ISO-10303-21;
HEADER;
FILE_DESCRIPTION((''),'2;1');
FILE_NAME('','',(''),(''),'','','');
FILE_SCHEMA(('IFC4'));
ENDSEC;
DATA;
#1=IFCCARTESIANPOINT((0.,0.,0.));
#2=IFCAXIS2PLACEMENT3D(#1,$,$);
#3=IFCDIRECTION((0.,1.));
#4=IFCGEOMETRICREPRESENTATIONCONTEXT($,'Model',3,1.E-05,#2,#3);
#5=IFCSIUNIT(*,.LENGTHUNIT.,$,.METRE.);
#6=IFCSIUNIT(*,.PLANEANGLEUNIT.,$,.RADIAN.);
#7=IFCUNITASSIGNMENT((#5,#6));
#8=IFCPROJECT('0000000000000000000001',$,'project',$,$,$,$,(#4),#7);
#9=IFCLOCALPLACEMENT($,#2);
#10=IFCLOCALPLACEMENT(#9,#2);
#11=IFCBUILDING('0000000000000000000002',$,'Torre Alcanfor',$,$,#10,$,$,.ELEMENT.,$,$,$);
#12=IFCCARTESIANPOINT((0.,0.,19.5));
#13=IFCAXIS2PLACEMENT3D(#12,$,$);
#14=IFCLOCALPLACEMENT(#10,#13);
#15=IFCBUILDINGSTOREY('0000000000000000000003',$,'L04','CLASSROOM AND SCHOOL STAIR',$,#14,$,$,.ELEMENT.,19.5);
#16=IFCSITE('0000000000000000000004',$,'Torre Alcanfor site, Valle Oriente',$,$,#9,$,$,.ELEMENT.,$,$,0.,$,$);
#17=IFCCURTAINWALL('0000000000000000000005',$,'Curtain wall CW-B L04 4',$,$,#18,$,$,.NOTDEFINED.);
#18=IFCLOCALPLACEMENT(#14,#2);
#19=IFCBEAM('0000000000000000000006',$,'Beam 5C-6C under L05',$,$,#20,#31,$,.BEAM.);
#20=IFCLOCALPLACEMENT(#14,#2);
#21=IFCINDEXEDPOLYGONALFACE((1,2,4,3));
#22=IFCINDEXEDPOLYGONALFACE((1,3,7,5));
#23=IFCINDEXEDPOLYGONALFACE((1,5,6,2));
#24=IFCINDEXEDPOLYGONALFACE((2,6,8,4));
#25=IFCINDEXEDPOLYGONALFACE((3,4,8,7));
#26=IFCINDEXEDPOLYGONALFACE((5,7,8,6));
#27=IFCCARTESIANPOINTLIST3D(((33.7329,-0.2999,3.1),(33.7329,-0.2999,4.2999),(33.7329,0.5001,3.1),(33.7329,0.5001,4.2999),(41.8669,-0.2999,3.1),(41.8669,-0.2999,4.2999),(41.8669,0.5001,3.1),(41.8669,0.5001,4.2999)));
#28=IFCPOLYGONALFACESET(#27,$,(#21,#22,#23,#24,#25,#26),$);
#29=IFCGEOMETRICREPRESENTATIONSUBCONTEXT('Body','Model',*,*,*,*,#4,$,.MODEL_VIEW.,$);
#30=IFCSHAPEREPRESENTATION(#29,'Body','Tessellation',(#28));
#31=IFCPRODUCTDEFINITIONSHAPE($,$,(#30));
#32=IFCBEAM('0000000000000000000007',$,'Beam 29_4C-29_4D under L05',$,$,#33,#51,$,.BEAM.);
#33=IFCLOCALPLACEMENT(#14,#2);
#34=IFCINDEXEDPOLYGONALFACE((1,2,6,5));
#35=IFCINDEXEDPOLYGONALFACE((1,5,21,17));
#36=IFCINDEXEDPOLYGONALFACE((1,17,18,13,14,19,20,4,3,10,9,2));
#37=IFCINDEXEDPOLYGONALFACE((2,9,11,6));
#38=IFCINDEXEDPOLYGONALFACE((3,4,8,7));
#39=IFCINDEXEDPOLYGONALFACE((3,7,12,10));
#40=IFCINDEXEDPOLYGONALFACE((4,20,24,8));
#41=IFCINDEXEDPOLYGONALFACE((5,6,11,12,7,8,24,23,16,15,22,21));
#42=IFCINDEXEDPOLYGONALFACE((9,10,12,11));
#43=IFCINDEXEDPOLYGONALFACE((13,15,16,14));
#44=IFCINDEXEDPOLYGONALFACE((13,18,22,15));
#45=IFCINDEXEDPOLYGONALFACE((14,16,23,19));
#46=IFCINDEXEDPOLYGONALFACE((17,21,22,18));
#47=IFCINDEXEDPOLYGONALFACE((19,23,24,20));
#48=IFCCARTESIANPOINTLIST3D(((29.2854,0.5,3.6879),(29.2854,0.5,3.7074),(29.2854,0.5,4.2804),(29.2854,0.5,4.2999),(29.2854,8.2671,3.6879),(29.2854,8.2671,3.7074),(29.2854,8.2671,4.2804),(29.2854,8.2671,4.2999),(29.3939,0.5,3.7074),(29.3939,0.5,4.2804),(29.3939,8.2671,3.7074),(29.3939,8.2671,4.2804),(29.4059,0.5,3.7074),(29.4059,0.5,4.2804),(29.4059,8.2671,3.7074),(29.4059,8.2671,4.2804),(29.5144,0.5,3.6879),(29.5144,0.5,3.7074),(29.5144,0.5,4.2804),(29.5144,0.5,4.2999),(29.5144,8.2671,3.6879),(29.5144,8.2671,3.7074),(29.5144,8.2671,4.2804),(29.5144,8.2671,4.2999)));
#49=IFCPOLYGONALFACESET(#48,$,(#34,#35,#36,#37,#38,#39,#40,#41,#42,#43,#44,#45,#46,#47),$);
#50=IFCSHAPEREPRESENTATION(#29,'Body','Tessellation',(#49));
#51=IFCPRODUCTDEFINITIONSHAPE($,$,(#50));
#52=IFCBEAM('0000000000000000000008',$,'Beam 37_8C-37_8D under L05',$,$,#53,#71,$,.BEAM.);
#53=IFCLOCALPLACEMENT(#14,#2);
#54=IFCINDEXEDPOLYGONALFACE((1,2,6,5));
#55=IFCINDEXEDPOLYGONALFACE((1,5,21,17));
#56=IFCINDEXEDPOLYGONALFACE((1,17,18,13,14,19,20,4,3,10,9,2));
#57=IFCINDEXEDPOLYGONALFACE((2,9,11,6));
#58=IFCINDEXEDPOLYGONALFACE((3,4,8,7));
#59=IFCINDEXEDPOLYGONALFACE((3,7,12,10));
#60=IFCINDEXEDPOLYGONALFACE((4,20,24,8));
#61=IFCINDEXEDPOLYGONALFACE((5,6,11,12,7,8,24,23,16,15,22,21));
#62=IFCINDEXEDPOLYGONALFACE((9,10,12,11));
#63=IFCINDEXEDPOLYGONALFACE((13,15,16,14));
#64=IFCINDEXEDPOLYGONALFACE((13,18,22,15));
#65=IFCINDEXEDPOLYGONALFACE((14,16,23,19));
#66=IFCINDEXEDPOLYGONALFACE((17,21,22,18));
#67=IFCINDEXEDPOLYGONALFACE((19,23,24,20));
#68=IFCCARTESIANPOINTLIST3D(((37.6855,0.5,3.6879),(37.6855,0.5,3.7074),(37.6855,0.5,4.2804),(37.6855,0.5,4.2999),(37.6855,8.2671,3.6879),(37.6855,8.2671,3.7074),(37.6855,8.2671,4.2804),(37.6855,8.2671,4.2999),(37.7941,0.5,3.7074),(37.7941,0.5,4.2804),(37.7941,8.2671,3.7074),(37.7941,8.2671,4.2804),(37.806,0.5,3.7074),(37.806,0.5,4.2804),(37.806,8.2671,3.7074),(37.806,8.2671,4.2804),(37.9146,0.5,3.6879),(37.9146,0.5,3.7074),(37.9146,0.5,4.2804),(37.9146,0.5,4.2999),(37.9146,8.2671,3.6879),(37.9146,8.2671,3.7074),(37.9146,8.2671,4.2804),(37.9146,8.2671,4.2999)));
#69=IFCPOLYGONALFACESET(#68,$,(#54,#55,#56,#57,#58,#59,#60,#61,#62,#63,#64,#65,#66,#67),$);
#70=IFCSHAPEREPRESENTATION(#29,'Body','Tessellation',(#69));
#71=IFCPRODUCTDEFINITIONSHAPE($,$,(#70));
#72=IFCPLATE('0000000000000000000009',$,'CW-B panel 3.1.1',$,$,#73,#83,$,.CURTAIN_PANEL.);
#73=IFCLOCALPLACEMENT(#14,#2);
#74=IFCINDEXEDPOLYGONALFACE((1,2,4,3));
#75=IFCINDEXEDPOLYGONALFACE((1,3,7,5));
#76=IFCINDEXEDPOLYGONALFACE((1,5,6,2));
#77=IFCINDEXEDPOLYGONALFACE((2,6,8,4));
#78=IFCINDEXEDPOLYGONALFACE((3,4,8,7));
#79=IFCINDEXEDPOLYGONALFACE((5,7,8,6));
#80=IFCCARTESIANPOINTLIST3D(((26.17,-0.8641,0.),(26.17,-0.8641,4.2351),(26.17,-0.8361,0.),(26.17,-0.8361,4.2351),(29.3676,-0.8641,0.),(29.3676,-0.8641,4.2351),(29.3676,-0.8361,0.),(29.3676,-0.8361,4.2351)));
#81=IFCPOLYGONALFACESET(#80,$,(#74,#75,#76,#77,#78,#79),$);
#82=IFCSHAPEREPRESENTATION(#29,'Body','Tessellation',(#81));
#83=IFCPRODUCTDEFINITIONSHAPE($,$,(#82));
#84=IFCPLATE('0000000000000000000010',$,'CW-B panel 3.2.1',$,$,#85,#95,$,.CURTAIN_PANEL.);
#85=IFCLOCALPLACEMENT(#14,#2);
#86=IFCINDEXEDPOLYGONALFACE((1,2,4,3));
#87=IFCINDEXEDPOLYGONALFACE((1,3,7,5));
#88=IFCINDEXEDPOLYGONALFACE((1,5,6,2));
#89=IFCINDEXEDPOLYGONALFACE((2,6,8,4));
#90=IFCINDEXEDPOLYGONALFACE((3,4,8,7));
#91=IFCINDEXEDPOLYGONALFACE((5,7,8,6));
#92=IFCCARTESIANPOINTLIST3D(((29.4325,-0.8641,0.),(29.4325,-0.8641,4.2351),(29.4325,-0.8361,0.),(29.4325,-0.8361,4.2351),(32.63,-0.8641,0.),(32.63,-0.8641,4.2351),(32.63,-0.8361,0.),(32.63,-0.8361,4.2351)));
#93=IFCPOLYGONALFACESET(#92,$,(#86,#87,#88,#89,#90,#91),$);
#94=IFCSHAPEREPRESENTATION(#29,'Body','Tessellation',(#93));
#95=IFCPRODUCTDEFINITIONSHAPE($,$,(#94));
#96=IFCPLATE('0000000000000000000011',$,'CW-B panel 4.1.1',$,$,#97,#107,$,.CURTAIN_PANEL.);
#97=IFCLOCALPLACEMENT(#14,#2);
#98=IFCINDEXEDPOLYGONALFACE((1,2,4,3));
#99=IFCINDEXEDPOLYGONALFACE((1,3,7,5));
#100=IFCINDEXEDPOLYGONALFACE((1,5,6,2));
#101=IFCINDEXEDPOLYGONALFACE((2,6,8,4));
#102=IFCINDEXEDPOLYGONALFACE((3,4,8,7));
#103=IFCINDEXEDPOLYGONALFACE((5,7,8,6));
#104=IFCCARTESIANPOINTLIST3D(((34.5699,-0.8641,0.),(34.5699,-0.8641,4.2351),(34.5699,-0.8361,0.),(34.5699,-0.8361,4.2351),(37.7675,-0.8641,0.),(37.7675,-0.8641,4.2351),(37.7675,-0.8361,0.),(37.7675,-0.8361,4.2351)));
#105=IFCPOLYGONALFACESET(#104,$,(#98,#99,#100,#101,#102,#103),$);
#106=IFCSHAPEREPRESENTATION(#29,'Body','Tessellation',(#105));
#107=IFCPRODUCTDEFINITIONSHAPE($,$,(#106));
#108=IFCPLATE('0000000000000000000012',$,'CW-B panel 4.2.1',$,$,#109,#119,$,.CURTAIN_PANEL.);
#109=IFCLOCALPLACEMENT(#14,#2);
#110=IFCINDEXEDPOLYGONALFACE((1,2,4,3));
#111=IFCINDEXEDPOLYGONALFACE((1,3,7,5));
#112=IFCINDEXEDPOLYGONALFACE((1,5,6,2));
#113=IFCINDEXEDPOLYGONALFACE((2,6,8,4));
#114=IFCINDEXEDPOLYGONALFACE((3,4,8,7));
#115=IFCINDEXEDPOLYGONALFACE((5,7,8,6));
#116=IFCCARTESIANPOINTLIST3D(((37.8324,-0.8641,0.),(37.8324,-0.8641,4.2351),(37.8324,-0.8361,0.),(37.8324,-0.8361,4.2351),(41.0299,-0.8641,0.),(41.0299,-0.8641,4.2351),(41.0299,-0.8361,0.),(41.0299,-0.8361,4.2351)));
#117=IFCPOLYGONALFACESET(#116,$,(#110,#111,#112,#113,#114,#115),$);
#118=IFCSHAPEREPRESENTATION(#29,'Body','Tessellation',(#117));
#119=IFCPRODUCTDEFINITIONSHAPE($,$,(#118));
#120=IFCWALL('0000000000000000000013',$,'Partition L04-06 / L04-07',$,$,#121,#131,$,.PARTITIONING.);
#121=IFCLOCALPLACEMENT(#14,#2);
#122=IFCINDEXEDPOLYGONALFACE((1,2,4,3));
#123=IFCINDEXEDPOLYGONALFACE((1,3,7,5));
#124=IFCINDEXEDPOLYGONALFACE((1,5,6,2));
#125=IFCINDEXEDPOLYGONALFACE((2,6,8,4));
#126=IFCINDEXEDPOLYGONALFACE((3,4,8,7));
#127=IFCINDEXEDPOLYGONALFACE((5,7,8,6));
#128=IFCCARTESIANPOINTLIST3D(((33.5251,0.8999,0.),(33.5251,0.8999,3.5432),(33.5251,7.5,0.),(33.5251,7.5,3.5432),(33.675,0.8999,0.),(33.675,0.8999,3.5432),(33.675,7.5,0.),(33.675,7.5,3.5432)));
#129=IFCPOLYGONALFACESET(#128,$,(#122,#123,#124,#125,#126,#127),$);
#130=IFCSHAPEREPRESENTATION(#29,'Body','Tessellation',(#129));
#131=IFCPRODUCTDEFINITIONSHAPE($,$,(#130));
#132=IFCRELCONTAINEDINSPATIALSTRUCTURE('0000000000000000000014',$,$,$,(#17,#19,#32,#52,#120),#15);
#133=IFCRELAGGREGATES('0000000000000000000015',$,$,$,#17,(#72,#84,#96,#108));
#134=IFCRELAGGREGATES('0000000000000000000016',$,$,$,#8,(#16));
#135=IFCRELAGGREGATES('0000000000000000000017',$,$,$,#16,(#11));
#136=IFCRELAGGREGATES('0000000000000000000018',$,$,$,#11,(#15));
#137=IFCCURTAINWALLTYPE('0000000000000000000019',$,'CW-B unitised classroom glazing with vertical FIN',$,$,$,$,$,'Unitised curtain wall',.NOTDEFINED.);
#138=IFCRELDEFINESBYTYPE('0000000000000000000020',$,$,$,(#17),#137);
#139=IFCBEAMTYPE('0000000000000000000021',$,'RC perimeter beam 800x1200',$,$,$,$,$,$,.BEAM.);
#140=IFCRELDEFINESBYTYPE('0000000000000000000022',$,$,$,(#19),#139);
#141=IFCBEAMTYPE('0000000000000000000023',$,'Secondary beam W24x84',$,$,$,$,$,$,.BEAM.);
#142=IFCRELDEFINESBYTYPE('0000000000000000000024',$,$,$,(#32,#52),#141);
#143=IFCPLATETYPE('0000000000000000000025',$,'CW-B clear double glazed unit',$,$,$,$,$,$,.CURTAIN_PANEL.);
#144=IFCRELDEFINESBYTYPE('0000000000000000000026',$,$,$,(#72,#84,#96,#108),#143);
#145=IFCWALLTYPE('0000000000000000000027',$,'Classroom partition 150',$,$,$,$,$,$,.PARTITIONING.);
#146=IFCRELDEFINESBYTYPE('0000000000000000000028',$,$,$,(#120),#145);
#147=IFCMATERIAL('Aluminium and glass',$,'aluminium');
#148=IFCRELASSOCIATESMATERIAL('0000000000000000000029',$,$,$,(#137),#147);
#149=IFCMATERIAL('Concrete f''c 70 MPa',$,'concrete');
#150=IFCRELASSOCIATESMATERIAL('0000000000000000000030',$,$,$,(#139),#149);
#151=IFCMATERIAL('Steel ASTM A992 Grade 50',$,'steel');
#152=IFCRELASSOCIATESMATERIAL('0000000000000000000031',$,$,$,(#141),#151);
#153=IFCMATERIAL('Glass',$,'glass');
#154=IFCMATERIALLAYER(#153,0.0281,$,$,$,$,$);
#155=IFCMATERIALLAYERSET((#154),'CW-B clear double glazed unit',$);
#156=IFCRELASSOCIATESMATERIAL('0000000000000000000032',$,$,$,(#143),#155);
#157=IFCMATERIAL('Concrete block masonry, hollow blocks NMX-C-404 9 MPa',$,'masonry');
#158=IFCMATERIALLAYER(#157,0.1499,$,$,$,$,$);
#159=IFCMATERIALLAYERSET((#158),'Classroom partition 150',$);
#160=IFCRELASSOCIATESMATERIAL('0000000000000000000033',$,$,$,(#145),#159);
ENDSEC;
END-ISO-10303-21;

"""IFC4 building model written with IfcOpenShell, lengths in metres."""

from ifc_helpers import new_model, si_unit, direction, frame, frame_2d, origin, origin_2d, place, context, subcontext, project, spatial, rectangle, i_section, extrude, material, layer, layer_set, material_profile, profile_set, type_object, element, aggregate, save


model = new_model("IFC4")

# Units and contexts
model_context = context("Model", 3, precision=1e-05, world=origin(), true_north=direction((0.0, 1.0)))
body_context = subcontext(model_context, "Body", "Model", "MODEL_VIEW")
ifc_project = project(units=[si_unit("LENGTHUNIT", "METRE"), si_unit("PLANEANGLEUNIT", "RADIAN")], contexts=[model_context])

# Site, building, storey
site_placement = place(None, origin())
site = spatial("IfcSite", under=ifc_project, at=site_placement, Name="Torre Alcanfor site, Valle Oriente", CompositionType="ELEMENT", RefElevation=0.0)
building_placement = place(site_placement, origin())
building = spatial("IfcBuilding", under=site, at=building_placement, Name="Torre Alcanfor", CompositionType="ELEMENT")
storey_placement = place(building_placement, frame((0.0, 0.0, 19.5)))
storey = spatial("IfcBuildingStorey", under=building, at=storey_placement, Name="L04", Description="CLASSROOM AND SCHOOL STAIR", CompositionType="ELEMENT", Elevation=19.5)

# Curtain wall
ifc_material_1 = material(Name="Aluminium and glass", Category="aluminium")
curtain_wall_type = type_object("IfcCurtainWallType", Name="CW-B unitised classroom glazing with vertical FIN", ElementType="Unitised curtain wall", PredefinedType="NOTDEFINED", material=ifc_material_1)
curtain_wall_placement = place(storey_placement, origin())
curtain_wall = element("IfcCurtainWall", 1, at=curtain_wall_placement, inside=storey, type_object=curtain_wall_type, Name="Curtain wall CW-B L04 4", PredefinedType="NOTDEFINED")

# Beams
ifc_material_2 = material(Name="Concrete f'c 70 MPa", Category="concrete")
ifc_material_profile_1 = material_profile(ifc_material_2, rectangle(XDim=0.8, YDim=1.2, at=origin_2d()), Name="800x1200")
ifc_profile_set_1 = profile_set([ifc_material_profile_1], Name="Concrete f'c 70 MPa")
beam_type_1 = type_object("IfcBeamType", Name="RC perimeter beam 800x1200", PredefinedType="BEAM", material=ifc_profile_set_1)
beam_1_placement = place(storey_placement, frame((33.7329, 0.1001, 3.7), z_axis=(1.0, 0.0, 0.0), x_axis=(0.0, 1.0, 0.0)))
element("IfcBeam", 2, at=beam_1_placement, inside=storey, type_object=beam_type_1, Name="Beam 5C-6C under L05", PredefinedType="BEAM", context=body_context, shape_type="SweptSolid", body=[
    extrude(rectangle(XDim=0.8, YDim=1.2, at=origin_2d()), origin(), (0.0, 0.0, 1.0), 8.134),
])
ifc_material_3 = material(Name="Steel ASTM A992 Grade 50", Category="steel")
ifc_material_profile_2 = material_profile(ifc_material_3, i_section(OverallWidth=0.229, OverallDepth=0.6121, WebThickness=0.012, FlangeThickness=0.0195, at=origin_2d()), Name="W24x84")
ifc_profile_set_2 = profile_set([ifc_material_profile_2], Name="Steel ASTM A992 Grade 50")
beam_type_2 = type_object("IfcBeamType", Name="Secondary beam W24x84", PredefinedType="BEAM", material=ifc_profile_set_2)
for number, where, z_axis, x_axis, name in (
    (3, (29.3999, 0.5, 3.9939), (0.0, 1.0, 0.0), (-1.0, 0.0, 0.0), "Beam 29_4C-29_4D under L05"),
    (4, (37.8, 0.5, 3.9939), (0.0, 1.0, 0.0), (-1.0, 0.0, 0.0), "Beam 37_8C-37_8D under L05"),
):
    element("IfcBeam", number, at=place(storey_placement, frame(where, z_axis=z_axis, x_axis=x_axis)), inside=storey, type_object=beam_type_2, Name=name, PredefinedType="BEAM", context=body_context, shape_type="SweptSolid", body=[
        extrude(i_section(OverallWidth=0.229, OverallDepth=0.6121, WebThickness=0.012, FlangeThickness=0.0195, at=origin_2d()), origin(), (0.0, 0.0, 1.0), 7.7671),
    ])

# Plates
ifc_material_4 = material(Name="Glass", Category="glass")
ifc_layer_1 = layer(ifc_material_4, 0.0281)
ifc_layer_set_1 = layer_set([ifc_layer_1], Name="CW-B clear double glazed unit")
plate_type = type_object("IfcPlateType", Name="CW-B clear double glazed unit", PredefinedType="CURTAIN_PANEL", material=ifc_layer_set_1)
plate_1_placement = place(storey_placement, frame((27.7688, -0.8501, 0.0), z_axis=(0.0, 0.0, 1.0), x_axis=(1.0, 0.0, 0.0)))
plate_1 = element("IfcPlate", 5, at=plate_1_placement, type_object=plate_type, Name="CW-B panel 3.1.1", PredefinedType="CURTAIN_PANEL", context=body_context, shape_type="SweptSolid", body=[
    extrude(rectangle(XDim=3.1975, YDim=0.0281, at=origin_2d()), origin(), (0.0, 0.0, 1.0), 4.2351),
])
plate_2_placement = place(storey_placement, frame((31.0312, -0.8501, 0.0), z_axis=(0.0, 0.0, 1.0), x_axis=(1.0, 0.0, 0.0)))
plate_2 = element("IfcPlate", 6, at=plate_2_placement, type_object=plate_type, Name="CW-B panel 3.2.1", PredefinedType="CURTAIN_PANEL", context=body_context, shape_type="SweptSolid", body=[
    extrude(rectangle(XDim=3.1975, YDim=0.0281, at=origin_2d()), origin(), (0.0, 0.0, 1.0), 4.2351),
])
plate_3_placement = place(storey_placement, frame((36.1687, -0.8501, 0.0), z_axis=(0.0, 0.0, 1.0), x_axis=(1.0, 0.0, 0.0)))
plate_3 = element("IfcPlate", 7, at=plate_3_placement, type_object=plate_type, Name="CW-B panel 4.1.1", PredefinedType="CURTAIN_PANEL", context=body_context, shape_type="SweptSolid", body=[
    extrude(rectangle(XDim=3.1975, YDim=0.0281, at=origin_2d()), origin(), (0.0, 0.0, 1.0), 4.2351),
])
plate_4_placement = place(storey_placement, frame((39.4312, -0.8501, 0.0), z_axis=(0.0, 0.0, 1.0), x_axis=(1.0, 0.0, 0.0)))
plate_4 = element("IfcPlate", 8, at=plate_4_placement, type_object=plate_type, Name="CW-B panel 4.2.1", PredefinedType="CURTAIN_PANEL", context=body_context, shape_type="SweptSolid", body=[
    extrude(rectangle(XDim=3.1975, YDim=0.0281, at=origin_2d()), origin(), (0.0, 0.0, 1.0), 4.2351),
])
aggregate(curtain_wall, [plate_1, plate_2, plate_3, plate_4])

# Wall
ifc_material_5 = material(Name="Concrete block masonry, hollow blocks NMX-C-404 9 MPa", Category="masonry")
ifc_layer_2 = layer(ifc_material_5, 0.1499)
ifc_layer_set_2 = layer_set([ifc_layer_2], Name="Classroom partition 150")
wall_type = type_object("IfcWallType", Name="Classroom partition 150", PredefinedType="PARTITIONING", material=ifc_layer_set_2)
wall_placement = place(storey_placement, frame((33.6001, 7.5, 0.0), z_axis=(0.0, 0.0, 1.0), x_axis=(0.0, -1.0, 0.0)))
element("IfcWall", 9, at=wall_placement, inside=storey, type_object=wall_type, Name="Partition L04-06 / L04-07", PredefinedType="PARTITIONING", context=body_context, shape_type="SweptSolid", body=[
    extrude(rectangle(XDim=6.6001, YDim=0.1499, at=frame_2d((3.3, 0.0))), origin(), (0.0, 0.0, 1.0), 3.5432),
])

save(model, "model.ifc")
